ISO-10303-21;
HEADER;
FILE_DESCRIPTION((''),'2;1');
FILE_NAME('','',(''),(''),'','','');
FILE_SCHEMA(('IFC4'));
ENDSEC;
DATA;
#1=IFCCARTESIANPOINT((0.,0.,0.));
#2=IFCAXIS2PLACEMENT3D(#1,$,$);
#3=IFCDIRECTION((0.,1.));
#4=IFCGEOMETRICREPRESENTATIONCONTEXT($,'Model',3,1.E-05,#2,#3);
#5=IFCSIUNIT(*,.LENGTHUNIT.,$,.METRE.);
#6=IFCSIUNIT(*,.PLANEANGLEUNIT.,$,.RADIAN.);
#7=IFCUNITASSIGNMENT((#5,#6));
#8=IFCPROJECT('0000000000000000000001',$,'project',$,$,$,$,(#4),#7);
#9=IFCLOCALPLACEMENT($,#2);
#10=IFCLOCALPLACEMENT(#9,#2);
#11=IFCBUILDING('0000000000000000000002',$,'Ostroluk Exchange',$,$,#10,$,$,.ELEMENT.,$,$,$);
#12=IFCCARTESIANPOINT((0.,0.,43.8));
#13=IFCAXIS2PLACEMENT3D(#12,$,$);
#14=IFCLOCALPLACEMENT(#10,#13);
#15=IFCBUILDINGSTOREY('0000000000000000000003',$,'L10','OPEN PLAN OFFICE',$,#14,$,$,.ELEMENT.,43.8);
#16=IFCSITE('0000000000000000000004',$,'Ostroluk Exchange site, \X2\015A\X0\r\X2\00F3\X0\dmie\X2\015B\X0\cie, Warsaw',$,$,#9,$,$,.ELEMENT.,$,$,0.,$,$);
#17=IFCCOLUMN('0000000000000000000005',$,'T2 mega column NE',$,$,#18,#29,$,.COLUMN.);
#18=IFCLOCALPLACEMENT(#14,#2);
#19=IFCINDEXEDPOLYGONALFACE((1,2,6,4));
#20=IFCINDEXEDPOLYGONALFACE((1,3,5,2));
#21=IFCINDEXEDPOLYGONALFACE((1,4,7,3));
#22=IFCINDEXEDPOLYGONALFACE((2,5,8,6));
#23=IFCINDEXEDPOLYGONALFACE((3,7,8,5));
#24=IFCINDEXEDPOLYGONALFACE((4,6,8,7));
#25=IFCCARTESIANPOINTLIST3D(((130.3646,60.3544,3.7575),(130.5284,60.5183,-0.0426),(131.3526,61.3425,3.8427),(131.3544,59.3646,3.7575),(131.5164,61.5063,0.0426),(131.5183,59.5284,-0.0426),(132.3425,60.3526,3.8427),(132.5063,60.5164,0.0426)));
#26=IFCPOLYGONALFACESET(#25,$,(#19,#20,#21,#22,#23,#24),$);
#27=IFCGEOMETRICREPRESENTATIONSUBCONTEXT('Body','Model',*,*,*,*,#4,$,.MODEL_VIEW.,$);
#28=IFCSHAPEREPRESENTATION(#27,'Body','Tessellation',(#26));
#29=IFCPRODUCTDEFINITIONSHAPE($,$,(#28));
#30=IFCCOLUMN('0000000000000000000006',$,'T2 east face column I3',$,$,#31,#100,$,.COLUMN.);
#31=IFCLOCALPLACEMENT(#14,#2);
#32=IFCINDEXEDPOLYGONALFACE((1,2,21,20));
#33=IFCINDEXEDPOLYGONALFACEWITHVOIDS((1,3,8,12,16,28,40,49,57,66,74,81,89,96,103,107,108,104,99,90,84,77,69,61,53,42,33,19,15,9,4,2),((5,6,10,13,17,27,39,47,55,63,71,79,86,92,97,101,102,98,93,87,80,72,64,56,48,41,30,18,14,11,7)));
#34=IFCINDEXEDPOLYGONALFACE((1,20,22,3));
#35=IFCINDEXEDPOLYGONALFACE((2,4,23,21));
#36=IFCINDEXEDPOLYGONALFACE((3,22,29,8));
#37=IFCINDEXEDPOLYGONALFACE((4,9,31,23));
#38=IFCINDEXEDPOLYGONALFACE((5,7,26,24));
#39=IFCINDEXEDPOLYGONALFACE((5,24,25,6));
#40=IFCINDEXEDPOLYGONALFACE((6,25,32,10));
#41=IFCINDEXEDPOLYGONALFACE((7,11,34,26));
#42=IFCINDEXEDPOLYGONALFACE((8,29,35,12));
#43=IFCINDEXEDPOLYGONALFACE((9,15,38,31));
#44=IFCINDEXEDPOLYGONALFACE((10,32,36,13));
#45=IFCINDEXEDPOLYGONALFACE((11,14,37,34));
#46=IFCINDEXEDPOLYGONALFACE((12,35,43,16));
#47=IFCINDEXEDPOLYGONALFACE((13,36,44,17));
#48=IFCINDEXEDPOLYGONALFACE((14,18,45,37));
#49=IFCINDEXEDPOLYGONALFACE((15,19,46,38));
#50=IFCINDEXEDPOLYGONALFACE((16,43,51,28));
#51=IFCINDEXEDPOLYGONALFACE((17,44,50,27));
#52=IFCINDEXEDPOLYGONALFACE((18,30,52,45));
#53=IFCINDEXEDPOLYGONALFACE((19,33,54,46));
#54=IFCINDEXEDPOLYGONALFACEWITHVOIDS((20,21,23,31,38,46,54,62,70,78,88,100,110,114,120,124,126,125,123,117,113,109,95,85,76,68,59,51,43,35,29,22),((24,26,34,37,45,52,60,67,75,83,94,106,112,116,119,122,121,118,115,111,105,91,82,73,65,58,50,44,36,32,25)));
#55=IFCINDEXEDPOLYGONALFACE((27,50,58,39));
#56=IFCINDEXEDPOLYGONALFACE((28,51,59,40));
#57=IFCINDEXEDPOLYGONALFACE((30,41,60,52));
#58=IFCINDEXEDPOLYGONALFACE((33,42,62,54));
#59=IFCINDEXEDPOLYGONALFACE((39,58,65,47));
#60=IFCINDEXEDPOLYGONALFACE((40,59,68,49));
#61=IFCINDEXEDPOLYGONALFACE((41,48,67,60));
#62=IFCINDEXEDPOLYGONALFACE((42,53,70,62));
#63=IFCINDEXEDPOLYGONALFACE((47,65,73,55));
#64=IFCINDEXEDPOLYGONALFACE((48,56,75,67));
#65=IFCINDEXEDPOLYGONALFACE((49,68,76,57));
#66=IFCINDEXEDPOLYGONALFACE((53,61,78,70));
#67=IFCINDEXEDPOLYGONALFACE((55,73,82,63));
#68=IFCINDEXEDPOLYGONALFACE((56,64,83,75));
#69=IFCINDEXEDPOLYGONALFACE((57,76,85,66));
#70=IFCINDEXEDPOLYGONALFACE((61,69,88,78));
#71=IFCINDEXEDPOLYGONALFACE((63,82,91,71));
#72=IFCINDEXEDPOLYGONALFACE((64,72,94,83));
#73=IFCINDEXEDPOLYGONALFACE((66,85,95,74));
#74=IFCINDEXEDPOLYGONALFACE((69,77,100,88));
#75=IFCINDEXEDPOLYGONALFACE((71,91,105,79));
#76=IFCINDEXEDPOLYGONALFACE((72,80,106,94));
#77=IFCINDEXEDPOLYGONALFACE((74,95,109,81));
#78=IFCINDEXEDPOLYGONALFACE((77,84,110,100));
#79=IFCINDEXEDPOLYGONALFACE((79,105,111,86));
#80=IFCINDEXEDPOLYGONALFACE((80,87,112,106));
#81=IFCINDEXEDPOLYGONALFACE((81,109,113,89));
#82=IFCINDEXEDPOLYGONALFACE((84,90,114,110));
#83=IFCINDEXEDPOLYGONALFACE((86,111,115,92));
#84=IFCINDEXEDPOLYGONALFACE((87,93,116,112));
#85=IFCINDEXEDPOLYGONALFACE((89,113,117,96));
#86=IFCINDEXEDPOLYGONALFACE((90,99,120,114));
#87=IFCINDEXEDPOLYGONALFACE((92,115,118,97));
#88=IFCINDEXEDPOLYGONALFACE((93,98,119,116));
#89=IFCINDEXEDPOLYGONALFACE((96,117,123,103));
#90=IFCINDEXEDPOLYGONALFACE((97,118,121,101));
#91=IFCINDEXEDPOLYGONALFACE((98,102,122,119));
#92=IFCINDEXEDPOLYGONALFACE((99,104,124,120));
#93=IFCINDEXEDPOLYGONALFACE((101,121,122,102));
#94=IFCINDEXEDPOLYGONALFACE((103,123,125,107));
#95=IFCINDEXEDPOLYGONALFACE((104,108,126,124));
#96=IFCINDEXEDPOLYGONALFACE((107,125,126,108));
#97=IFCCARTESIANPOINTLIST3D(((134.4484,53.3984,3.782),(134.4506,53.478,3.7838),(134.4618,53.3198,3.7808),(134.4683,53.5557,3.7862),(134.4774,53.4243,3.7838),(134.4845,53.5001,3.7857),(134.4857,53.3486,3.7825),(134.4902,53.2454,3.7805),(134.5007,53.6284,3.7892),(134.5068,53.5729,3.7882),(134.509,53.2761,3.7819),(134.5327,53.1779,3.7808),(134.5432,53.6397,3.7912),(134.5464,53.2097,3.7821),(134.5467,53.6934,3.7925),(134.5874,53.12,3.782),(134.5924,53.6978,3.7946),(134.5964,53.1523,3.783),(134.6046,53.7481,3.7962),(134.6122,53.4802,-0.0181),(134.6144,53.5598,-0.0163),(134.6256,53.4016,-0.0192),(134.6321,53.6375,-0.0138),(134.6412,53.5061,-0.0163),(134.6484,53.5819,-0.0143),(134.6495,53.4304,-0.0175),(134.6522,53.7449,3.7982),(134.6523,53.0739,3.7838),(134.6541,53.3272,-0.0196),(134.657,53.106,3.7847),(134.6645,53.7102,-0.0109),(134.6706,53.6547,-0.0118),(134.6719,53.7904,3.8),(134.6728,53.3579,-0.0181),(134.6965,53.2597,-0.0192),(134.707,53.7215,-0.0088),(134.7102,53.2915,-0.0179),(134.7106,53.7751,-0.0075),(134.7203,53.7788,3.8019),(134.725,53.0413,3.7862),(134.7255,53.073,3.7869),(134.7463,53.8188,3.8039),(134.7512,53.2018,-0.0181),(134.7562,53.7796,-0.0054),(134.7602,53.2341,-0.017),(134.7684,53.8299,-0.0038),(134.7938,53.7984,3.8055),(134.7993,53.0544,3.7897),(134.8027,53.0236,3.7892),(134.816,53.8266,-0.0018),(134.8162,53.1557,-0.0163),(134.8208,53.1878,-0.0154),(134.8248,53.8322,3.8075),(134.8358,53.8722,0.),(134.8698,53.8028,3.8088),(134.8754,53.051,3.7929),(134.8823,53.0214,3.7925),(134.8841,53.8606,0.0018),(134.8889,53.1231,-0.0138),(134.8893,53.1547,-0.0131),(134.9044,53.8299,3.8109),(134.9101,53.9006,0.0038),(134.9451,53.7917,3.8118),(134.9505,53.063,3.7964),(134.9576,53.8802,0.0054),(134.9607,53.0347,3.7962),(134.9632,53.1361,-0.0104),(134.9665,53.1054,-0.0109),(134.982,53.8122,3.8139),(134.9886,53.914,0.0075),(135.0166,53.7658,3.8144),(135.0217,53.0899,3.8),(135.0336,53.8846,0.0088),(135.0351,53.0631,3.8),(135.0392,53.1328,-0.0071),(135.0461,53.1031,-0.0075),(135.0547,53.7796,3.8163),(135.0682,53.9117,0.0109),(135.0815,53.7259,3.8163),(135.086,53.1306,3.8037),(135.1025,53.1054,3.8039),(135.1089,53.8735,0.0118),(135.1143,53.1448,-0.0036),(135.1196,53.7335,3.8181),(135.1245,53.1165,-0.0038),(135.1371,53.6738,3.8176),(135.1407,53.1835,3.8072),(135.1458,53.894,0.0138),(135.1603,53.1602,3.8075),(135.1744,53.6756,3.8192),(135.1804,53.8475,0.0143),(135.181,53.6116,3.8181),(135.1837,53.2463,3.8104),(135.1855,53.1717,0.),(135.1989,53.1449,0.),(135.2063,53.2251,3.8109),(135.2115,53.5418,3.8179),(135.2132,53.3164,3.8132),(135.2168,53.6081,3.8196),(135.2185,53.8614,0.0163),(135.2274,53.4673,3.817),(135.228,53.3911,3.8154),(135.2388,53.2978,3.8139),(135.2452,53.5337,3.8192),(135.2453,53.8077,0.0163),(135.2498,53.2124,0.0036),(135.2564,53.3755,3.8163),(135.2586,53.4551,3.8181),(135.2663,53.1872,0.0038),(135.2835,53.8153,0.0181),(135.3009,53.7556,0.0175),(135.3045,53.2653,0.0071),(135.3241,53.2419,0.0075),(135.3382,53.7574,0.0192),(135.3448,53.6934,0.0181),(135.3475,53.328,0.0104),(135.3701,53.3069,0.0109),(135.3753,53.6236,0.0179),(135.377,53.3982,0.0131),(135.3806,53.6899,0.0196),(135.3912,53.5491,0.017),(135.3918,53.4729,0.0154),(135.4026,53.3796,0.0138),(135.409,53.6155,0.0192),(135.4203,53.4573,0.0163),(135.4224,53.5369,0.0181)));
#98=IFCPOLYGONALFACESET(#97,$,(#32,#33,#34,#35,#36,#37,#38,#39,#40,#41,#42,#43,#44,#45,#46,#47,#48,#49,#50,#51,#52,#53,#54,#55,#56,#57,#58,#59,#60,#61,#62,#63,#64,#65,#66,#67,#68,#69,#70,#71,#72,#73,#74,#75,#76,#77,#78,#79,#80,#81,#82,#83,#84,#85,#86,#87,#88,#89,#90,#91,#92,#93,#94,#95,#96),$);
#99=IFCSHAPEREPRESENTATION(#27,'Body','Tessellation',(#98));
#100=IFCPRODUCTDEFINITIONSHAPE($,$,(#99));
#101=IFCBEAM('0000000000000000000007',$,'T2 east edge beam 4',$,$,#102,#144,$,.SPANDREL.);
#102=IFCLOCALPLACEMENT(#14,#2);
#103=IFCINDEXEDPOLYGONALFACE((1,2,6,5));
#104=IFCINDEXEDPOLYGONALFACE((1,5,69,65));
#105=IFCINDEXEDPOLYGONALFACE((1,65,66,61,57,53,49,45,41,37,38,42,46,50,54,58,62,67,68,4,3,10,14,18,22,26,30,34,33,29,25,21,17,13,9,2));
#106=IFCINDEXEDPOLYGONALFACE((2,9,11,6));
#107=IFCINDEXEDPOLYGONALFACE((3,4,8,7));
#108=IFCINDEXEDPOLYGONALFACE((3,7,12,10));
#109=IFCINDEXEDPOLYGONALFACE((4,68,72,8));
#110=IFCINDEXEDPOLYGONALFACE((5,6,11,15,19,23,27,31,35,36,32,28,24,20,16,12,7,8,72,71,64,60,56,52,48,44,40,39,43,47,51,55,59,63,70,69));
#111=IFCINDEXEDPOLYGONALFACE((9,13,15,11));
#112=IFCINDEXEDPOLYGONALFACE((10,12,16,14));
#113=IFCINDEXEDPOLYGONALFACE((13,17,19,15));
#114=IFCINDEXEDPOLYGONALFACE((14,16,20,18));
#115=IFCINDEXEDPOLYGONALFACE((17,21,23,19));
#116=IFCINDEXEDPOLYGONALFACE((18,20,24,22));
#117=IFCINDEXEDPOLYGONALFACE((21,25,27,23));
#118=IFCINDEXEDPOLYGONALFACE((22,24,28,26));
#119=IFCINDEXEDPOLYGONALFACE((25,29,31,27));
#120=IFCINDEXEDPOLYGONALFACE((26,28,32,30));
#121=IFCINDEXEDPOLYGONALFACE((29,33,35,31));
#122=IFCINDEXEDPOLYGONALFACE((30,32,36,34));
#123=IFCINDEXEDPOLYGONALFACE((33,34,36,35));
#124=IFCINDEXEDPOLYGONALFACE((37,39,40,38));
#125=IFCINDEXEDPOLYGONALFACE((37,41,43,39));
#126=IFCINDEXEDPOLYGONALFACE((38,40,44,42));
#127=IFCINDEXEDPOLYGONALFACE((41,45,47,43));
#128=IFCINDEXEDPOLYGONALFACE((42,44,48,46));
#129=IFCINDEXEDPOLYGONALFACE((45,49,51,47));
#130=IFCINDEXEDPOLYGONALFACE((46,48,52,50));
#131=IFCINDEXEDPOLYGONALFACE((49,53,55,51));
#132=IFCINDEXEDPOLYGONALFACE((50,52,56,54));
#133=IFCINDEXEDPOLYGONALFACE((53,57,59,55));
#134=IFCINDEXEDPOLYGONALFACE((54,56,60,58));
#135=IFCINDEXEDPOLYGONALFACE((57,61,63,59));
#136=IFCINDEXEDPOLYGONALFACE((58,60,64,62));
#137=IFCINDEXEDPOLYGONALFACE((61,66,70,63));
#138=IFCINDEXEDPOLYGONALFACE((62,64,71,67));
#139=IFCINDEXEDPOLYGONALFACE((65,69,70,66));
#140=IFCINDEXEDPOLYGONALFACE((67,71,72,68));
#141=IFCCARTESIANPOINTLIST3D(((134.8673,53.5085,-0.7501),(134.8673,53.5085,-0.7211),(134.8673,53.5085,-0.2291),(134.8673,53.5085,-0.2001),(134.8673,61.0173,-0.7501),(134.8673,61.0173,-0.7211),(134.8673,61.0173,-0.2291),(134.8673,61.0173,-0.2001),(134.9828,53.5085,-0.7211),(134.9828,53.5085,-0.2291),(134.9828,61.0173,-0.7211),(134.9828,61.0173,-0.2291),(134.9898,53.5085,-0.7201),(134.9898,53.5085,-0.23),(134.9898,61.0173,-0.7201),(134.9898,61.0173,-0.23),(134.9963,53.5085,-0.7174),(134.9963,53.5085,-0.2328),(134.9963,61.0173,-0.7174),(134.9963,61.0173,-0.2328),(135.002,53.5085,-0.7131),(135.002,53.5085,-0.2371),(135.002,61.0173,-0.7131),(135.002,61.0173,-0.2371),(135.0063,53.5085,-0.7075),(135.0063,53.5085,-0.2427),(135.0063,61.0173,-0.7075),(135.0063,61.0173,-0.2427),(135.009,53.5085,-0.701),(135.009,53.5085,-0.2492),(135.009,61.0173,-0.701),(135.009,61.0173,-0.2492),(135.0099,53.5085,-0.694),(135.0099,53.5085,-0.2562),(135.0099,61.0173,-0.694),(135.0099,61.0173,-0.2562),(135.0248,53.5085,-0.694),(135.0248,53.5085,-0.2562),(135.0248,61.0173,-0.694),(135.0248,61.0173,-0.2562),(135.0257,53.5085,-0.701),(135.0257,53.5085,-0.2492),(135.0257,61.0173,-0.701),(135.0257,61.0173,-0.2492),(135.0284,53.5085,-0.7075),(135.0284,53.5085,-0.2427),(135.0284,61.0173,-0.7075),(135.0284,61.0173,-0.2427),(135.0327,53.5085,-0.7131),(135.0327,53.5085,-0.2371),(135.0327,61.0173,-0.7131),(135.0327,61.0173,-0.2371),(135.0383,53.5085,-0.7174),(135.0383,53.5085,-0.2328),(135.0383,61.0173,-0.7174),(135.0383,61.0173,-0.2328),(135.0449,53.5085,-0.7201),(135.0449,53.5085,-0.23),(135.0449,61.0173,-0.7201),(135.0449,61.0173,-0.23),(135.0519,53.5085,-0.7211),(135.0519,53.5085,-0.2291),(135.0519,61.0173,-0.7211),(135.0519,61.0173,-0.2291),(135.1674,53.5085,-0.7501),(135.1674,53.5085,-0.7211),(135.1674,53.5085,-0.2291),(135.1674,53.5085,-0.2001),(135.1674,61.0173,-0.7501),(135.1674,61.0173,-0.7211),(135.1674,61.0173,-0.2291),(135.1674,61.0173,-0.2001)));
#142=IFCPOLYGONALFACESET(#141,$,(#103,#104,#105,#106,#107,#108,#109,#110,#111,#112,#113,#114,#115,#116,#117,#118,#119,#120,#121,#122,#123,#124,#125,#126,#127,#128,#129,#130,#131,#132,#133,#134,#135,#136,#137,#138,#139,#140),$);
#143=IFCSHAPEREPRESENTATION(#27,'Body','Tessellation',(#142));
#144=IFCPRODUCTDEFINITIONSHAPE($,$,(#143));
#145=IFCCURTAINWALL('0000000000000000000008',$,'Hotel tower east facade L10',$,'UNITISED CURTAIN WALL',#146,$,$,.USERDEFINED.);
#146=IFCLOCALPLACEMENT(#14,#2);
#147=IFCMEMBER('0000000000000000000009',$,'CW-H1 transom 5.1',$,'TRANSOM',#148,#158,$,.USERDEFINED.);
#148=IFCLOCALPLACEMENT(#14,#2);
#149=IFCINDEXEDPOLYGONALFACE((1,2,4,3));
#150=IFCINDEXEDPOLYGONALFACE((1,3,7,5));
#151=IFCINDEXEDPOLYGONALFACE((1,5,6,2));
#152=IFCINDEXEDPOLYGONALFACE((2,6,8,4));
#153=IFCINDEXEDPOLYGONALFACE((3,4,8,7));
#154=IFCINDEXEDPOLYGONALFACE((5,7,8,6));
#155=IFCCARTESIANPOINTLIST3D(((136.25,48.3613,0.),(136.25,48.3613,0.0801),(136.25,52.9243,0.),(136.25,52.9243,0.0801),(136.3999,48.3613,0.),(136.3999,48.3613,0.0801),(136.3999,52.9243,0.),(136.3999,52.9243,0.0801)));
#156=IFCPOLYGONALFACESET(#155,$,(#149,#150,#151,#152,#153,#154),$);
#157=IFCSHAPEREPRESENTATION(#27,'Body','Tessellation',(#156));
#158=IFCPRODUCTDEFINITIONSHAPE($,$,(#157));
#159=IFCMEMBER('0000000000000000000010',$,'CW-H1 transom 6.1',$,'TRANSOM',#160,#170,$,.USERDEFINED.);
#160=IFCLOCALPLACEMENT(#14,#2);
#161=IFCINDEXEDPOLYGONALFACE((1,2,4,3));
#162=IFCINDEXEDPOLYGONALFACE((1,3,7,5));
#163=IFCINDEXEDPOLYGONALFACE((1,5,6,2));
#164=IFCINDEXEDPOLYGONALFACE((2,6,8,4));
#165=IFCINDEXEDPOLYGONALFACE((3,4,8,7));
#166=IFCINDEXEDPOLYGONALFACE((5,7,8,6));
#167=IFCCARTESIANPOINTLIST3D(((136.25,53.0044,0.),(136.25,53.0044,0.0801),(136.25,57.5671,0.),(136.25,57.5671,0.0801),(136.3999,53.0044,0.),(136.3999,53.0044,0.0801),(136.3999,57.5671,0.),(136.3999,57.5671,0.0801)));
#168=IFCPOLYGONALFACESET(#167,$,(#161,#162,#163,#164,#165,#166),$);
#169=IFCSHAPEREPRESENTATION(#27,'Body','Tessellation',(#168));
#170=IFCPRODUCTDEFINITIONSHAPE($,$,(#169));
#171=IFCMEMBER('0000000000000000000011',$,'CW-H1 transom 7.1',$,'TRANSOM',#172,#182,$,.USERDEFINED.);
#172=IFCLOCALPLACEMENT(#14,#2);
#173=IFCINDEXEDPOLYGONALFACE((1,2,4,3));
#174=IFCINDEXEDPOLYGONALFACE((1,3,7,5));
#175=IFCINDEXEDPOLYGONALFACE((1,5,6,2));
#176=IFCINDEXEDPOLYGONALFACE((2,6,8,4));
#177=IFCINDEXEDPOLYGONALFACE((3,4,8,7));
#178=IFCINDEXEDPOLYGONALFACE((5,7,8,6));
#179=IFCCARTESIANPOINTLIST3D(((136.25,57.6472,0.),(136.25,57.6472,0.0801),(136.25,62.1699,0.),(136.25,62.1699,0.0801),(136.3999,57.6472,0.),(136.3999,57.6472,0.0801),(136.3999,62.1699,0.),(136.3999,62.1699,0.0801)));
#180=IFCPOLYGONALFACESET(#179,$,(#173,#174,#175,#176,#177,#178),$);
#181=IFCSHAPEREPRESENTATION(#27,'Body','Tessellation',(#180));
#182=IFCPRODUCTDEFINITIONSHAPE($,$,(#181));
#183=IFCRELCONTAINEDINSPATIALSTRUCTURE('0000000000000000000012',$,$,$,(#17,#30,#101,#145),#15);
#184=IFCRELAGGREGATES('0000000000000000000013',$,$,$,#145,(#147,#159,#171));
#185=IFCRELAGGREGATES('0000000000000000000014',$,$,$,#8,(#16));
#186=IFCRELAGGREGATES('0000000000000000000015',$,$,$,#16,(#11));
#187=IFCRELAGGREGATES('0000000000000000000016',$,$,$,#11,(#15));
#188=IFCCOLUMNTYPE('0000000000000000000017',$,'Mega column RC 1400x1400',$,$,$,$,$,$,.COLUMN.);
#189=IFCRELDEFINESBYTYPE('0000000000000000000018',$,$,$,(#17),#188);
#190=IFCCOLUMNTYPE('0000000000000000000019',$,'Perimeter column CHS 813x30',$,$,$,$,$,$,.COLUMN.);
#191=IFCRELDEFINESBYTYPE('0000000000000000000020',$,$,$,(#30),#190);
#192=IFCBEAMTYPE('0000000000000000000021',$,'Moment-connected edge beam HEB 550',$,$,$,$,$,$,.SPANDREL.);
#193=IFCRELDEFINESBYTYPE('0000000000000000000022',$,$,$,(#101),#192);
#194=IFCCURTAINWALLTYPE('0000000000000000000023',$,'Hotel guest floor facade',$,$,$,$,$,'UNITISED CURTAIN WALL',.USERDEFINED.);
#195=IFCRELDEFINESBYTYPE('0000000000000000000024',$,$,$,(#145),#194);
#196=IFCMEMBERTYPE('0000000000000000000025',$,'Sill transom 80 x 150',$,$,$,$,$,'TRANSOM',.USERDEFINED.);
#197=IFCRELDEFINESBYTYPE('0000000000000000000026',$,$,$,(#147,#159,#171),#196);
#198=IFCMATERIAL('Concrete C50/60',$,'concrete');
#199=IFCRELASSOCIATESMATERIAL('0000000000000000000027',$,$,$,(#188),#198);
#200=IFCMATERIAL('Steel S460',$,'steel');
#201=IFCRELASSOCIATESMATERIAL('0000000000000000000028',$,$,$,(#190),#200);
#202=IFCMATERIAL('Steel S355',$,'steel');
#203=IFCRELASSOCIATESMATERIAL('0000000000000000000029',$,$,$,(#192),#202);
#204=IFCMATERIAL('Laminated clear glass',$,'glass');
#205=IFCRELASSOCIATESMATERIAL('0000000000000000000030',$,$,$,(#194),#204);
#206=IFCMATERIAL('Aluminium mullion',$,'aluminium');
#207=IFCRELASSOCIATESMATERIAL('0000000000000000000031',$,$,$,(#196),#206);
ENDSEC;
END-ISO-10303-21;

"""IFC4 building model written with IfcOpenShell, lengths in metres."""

from ifc_helpers import new_model, si_unit, direction, frame, origin, origin_2d, place, context, subcontext, project, spatial, rectangle, hollow_circle, i_section, extrude, material, material_profile, profile_set, type_object, element, aggregate, save


model = new_model("IFC4")

# Units and contexts
model_context = context("Model", 3, precision=1e-05, world=origin(), true_north=direction((0.0, 1.0)))
body_context = subcontext(model_context, "Body", "Model", "MODEL_VIEW")
ifc_project = project(units=[si_unit("LENGTHUNIT", "METRE"), si_unit("PLANEANGLEUNIT", "RADIAN")], contexts=[model_context])

# Site, building, storey
site_placement = place(None, origin())
site = spatial("IfcSite", under=ifc_project, at=site_placement, Name="Ostroluk Exchange site, Śródmieście, Warsaw", CompositionType="ELEMENT", RefElevation=0.0)
building_placement = place(site_placement, origin())
building = spatial("IfcBuilding", under=site, at=building_placement, Name="Ostroluk Exchange", CompositionType="ELEMENT")
storey_placement = place(building_placement, frame((0.0, 0.0, 43.8)))
storey = spatial("IfcBuildingStorey", under=building, at=storey_placement, Name="L10", Description="OPEN PLAN OFFICE", CompositionType="ELEMENT", Elevation=43.8)

# Columns
ifc_material_1 = material(Name="Concrete C50/60", Category="concrete")
ifc_material_profile_1 = material_profile(ifc_material_1, rectangle(XDim=1.3999, YDim=1.3999, at=origin_2d()), Name="RC 1400x1400")
ifc_profile_set_1 = profile_set([ifc_material_profile_1], Name="Concrete C50/60")
column_type_1 = type_object("IfcColumnType", Name="Mega column RC 1400x1400", PredefinedType="COLUMN", material=ifc_profile_set_1)
column_1_placement = place(storey_placement, frame((131.5173, 60.5173, 0.0), z_axis=(-0.04303, -0.04303, 0.998147), x_axis=(0.707107, -0.707107, 0.0)))
element("IfcColumn", 1, at=column_1_placement, inside=storey, type_object=column_type_1, Name="T2 mega column NE", PredefinedType="COLUMN", context=body_context, shape_type="SweptSolid", body=[
    extrude(rectangle(XDim=1.3999, YDim=1.3999, at=origin_2d()), origin(), (0.0, 0.0, 1.0), 3.8071),
])
ifc_material_2 = material(Name="Steel S460", Category="steel")
ifc_material_profile_2 = material_profile(ifc_material_2, hollow_circle(Radius=0.4065, WallThickness=0.03, at=origin_2d()), Name="CHS 813x30")
ifc_profile_set_2 = profile_set([ifc_material_profile_2], Name="Steel S460")
column_type_2 = type_object("IfcColumnType", Name="Perimeter column CHS 813x30", PredefinedType="COLUMN", material=ifc_profile_set_2)
column_2_placement = place(storey_placement, frame((135.0173, 53.5085, 0.0), z_axis=(-0.04306, -0.021498, 0.998841), x_axis=(0.44668, -0.894694, 0.0)))
element("IfcColumn", 2, at=column_2_placement, inside=storey, type_object=column_type_2, Name="T2 east face column I3", PredefinedType="COLUMN", context=body_context, shape_type="SweptSolid", body=[
    extrude(hollow_circle(Radius=0.4065, WallThickness=0.03, at=origin_2d()), origin(), (0.0, 0.0, 1.0), 3.8044),
])

# Beam
ifc_material_3 = material(Name="Steel S355", Category="steel")
ifc_material_profile_3 = material_profile(ifc_material_3, i_section(OverallWidth=0.3, OverallDepth=0.55, WebThickness=0.0149, FlangeThickness=0.0291, FilletRadius=0.0271, at=origin_2d()), Name="HEB 550")
ifc_profile_set_3 = profile_set([ifc_material_profile_3], Name="Steel S355")
beam_type = type_object("IfcBeamType", Name="Moment-connected edge beam HEB 550", PredefinedType="SPANDREL", material=ifc_profile_set_3)
beam_placement = place(storey_placement, frame((135.0173, 53.5085, -0.4751), z_axis=(0.0, 1.0, 0.0), x_axis=(-1.0, 0.0, 0.0)))
element("IfcBeam", 3, at=beam_placement, inside=storey, type_object=beam_type, Name="T2 east edge beam 4", PredefinedType="SPANDREL", context=body_context, shape_type="SweptSolid", body=[
    extrude(i_section(OverallWidth=0.3, OverallDepth=0.55, WebThickness=0.0149, FlangeThickness=0.0291, FilletRadius=0.0271, at=origin_2d()), origin(), (0.0, 0.0, 1.0), 7.5088),
])

# Curtain wall, members
ifc_material_4 = material(Name="Laminated clear glass", Category="glass")
curtain_wall_type = type_object("IfcCurtainWallType", Name="Hotel guest floor facade", ElementType="UNITISED CURTAIN WALL", PredefinedType="USERDEFINED", material=ifc_material_4)
curtain_wall_placement = place(storey_placement, origin())
curtain_wall = element("IfcCurtainWall", 4, at=curtain_wall_placement, inside=storey, type_object=curtain_wall_type, Name="Hotel tower east facade L10", ObjectType="UNITISED CURTAIN WALL", PredefinedType="USERDEFINED")
ifc_material_5 = material(Name="Aluminium mullion", Category="aluminium")
ifc_material_profile_4 = material_profile(ifc_material_5, rectangle(XDim=0.1499, YDim=0.0801, at=origin_2d()), Name="Sill transom 80 x 150")
ifc_profile_set_4 = profile_set([ifc_material_profile_4], Name="Aluminium mullion")
member_type_1 = type_object("IfcMemberType", Name="Sill transom 80 x 150", ElementType="TRANSOM", PredefinedType="USERDEFINED", material=ifc_profile_set_4)
member_1_placement = place(storey_placement, frame((136.325, 48.3613, 0.04), z_axis=(0.0, 1.0, 0.0), x_axis=(-1.0, 0.0, 0.0)))
member_1 = element("IfcMember", 5, at=member_1_placement, type_object=member_type_1, Name="CW-H1 transom 5.1", ObjectType="TRANSOM", PredefinedType="USERDEFINED", context=body_context, shape_type="SweptSolid", body=[
    extrude(rectangle(XDim=0.1499, YDim=0.0801, at=origin_2d()), origin(), (0.0, 0.0, 1.0), 4.563),
])
member_2_placement = place(storey_placement, frame((136.325, 53.0044, 0.04), z_axis=(0.0, 1.0, 0.0), x_axis=(-1.0, 0.0, 0.0)))
member_2 = element("IfcMember", 6, at=member_2_placement, type_object=member_type_1, Name="CW-H1 transom 6.1", ObjectType="TRANSOM", PredefinedType="USERDEFINED", context=body_context, shape_type="SweptSolid", body=[
    extrude(rectangle(XDim=0.1499, YDim=0.0801, at=origin_2d()), origin(), (0.0, 0.0, 1.0), 4.5627),
])
member_3_placement = place(storey_placement, frame((136.325, 57.6472, 0.04), z_axis=(0.0, 1.0, 0.0), x_axis=(-1.0, 0.0, 0.0)))
member_3 = element("IfcMember", 7, at=member_3_placement, type_object=member_type_1, Name="CW-H1 transom 7.1", ObjectType="TRANSOM", PredefinedType="USERDEFINED", context=body_context, shape_type="SweptSolid", body=[
    extrude(rectangle(XDim=0.1499, YDim=0.0801, at=origin_2d()), origin(), (0.0, 0.0, 1.0), 4.5227),
])
aggregate(curtain_wall, [member_1, member_2, member_3])

save(model, "model.ifc")
